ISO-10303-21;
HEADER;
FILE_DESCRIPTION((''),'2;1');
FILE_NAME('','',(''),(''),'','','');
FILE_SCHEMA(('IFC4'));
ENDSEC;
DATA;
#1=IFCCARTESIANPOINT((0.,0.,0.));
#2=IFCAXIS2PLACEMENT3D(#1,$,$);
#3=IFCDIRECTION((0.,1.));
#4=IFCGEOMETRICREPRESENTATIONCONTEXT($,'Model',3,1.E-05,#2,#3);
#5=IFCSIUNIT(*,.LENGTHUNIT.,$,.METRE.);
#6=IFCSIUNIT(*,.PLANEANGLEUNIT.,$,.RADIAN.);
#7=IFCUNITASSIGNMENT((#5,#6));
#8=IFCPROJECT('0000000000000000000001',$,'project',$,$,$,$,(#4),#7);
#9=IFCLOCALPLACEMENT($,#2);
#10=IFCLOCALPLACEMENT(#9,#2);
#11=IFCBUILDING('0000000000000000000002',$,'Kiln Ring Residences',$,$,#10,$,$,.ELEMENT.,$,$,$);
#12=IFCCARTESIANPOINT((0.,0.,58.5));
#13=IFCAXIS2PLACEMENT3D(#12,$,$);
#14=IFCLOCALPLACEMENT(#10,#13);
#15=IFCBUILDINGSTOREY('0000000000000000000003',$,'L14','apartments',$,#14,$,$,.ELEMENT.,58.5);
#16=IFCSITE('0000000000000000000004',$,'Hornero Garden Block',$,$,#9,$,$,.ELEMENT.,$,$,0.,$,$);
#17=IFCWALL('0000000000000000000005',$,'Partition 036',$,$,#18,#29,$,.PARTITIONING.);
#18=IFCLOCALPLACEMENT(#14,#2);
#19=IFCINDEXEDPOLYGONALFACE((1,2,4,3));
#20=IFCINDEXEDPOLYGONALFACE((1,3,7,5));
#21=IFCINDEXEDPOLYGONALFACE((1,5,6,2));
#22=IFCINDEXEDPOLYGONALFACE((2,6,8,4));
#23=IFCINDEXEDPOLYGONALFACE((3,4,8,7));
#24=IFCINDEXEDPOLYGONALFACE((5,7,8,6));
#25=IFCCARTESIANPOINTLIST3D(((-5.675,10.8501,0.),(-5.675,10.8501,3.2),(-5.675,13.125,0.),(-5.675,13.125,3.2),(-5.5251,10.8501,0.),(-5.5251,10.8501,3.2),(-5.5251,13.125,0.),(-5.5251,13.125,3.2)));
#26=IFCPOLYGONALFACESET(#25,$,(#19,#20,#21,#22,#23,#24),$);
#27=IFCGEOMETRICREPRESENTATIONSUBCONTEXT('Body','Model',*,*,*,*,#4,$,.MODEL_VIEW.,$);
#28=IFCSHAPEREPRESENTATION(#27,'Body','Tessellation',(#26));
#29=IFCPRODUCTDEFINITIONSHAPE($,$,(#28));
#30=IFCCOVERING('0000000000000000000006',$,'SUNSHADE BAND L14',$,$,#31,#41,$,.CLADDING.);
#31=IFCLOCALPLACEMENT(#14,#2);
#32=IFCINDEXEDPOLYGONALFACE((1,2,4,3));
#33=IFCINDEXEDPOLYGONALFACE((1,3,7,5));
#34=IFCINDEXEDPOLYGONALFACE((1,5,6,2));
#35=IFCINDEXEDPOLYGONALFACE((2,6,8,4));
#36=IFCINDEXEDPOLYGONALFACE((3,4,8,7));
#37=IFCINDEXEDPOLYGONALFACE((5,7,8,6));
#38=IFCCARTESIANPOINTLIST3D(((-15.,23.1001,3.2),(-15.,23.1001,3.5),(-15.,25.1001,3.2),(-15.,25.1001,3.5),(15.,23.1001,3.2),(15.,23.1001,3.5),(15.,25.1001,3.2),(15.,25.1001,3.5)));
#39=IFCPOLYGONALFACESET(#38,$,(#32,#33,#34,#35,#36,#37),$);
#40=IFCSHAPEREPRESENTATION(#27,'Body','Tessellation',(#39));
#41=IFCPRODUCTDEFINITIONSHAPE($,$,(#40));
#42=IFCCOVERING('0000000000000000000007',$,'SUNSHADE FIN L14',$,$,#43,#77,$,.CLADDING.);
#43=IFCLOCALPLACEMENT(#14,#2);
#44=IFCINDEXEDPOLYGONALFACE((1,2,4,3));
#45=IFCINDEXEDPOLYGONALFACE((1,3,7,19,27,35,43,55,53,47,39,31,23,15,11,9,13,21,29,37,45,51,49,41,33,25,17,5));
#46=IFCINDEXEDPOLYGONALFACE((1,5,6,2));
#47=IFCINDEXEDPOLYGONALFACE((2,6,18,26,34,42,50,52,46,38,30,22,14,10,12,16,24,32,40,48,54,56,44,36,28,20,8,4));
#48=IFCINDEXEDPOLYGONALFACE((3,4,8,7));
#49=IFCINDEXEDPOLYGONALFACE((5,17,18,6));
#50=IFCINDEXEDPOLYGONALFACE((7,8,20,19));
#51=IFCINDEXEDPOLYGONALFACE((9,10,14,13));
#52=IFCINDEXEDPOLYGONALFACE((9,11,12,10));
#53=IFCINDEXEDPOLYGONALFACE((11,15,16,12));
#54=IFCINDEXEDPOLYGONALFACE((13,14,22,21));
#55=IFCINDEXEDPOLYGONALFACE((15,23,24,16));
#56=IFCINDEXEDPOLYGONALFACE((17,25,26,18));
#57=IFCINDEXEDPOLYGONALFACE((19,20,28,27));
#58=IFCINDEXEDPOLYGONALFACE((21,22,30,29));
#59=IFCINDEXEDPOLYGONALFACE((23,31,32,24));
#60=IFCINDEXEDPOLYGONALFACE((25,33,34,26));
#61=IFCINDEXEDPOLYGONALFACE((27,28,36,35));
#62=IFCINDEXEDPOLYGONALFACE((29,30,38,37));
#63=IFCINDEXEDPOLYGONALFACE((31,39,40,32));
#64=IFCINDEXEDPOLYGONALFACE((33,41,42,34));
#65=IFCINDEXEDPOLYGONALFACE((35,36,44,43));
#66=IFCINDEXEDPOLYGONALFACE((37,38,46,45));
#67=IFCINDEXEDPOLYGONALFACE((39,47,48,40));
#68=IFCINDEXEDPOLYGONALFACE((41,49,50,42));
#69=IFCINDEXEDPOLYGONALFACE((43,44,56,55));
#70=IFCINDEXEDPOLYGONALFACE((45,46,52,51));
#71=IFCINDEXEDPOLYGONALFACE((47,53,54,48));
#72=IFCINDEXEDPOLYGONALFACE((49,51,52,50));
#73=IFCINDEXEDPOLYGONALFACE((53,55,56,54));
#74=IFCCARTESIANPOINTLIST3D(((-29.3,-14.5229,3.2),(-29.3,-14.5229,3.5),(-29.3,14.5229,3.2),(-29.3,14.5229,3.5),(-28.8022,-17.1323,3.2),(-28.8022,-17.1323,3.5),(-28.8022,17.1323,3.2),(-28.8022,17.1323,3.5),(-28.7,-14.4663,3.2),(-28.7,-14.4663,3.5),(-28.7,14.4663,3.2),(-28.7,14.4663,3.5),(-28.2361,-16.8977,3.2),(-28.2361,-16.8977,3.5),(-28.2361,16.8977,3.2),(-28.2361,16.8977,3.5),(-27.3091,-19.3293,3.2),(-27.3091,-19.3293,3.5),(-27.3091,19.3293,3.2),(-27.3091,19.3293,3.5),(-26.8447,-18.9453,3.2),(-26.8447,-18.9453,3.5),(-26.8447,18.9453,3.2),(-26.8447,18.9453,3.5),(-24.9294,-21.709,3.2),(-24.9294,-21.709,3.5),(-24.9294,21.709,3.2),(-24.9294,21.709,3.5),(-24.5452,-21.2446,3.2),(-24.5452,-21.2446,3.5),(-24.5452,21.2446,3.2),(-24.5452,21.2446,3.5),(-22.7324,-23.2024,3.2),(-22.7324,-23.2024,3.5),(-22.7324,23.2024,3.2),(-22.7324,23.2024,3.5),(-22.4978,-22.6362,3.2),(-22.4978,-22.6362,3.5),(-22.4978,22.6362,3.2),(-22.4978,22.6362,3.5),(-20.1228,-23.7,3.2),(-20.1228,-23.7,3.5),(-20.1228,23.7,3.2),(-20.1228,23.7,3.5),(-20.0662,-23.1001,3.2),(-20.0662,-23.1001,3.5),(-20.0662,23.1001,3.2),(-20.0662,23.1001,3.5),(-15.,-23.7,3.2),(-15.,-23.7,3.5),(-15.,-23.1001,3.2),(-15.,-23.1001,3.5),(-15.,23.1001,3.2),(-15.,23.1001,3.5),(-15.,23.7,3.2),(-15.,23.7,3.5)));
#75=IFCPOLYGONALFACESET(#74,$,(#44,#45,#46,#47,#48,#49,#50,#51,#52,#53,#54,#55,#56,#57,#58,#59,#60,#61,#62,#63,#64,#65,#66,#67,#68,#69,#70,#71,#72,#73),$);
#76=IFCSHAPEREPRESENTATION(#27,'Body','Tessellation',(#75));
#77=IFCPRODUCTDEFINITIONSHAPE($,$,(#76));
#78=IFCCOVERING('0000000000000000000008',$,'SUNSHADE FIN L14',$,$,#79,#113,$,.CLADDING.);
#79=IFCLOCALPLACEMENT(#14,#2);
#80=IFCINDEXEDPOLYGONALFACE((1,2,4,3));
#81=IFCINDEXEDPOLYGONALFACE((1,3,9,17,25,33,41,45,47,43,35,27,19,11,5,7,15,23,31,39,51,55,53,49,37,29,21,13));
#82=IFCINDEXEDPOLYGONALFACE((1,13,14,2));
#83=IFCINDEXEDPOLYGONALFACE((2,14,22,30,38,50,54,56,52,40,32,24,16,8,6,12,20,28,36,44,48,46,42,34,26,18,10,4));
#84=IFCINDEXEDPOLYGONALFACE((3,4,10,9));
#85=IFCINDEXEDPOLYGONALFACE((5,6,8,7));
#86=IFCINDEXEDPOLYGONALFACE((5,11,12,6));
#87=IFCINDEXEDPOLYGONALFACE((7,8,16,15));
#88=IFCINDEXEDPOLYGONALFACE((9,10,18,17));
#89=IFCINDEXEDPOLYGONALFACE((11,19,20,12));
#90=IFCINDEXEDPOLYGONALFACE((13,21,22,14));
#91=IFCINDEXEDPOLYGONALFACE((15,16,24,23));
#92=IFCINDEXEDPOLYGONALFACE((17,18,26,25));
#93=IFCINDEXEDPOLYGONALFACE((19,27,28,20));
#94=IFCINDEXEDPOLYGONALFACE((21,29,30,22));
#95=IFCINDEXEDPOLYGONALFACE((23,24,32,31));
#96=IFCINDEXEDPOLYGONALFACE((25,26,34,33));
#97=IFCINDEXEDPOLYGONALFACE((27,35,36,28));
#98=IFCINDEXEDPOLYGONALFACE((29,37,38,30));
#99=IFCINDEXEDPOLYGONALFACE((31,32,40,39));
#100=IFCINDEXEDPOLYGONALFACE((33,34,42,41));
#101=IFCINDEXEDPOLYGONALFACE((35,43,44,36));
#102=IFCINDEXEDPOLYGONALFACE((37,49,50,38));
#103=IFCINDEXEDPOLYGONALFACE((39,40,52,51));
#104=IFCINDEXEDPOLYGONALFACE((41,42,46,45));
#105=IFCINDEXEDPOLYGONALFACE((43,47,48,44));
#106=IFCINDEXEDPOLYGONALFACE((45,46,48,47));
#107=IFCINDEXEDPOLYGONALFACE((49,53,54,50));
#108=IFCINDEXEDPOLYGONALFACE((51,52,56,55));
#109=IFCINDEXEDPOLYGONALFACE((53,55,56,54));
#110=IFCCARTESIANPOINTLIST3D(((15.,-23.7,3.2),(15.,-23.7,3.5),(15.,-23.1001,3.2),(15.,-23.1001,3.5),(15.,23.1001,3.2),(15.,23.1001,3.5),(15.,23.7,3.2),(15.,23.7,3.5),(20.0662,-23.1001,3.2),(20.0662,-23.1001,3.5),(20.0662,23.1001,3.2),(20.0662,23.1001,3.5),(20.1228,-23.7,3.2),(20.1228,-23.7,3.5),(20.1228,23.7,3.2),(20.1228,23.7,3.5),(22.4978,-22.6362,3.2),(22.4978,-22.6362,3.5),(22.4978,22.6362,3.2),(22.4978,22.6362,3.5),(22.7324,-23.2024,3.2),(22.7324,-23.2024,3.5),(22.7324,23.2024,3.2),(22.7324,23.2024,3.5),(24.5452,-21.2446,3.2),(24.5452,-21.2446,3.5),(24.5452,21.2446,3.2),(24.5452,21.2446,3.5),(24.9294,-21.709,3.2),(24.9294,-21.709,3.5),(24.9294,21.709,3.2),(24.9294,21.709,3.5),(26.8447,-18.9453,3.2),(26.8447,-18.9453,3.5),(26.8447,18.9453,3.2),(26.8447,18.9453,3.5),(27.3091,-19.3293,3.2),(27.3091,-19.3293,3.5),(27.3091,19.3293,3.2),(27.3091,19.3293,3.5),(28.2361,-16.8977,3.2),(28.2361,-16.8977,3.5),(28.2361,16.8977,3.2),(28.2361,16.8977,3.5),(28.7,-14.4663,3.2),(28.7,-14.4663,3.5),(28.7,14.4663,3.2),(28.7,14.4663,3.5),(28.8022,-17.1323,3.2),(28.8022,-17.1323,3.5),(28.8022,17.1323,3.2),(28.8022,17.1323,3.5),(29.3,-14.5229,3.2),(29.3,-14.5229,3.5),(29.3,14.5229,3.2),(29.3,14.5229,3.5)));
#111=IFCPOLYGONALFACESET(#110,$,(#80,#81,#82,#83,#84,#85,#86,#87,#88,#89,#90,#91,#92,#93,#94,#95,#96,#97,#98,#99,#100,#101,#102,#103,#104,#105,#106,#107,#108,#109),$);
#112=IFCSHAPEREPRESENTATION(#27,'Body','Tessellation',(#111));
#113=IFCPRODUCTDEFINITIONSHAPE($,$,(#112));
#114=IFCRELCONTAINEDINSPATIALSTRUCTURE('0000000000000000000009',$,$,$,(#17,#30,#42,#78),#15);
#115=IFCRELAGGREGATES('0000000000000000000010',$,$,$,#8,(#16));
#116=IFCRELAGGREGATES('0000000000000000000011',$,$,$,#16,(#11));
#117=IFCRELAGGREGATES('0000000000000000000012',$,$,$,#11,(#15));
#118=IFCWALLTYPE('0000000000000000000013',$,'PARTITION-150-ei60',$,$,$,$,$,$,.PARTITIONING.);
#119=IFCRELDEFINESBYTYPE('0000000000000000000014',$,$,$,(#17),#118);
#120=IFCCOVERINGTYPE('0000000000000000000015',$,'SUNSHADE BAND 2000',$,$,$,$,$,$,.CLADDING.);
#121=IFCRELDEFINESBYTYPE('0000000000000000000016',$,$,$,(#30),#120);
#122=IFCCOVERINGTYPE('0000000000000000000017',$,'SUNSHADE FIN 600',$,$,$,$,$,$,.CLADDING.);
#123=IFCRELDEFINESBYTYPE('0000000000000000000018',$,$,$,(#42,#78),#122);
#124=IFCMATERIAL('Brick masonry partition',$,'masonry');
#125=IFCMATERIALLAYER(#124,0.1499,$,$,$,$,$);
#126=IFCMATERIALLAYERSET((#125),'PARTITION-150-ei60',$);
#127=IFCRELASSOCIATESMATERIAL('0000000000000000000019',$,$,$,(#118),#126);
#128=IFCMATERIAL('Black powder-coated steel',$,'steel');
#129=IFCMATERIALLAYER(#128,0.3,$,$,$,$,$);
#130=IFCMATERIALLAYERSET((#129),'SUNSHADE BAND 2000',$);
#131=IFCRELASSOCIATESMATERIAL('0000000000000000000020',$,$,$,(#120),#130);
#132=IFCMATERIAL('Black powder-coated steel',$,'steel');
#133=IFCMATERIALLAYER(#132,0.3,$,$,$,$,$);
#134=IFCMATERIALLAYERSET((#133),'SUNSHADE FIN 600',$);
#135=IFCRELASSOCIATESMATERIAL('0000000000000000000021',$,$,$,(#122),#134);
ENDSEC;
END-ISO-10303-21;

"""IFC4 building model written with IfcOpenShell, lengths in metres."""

from ifc_helpers import new_model, si_unit, direction, frame, frame_2d, origin, place, context, subcontext, project, spatial, polyline, rectangle, outline, extrude, material, layer, layer_set, type_object, element, save


model = new_model("IFC4")

# Units and contexts
model_context = context("Model", 3, precision=1e-05, world=origin(), true_north=direction((0.0, 1.0)))
body_context = subcontext(model_context, "Body", "Model", "MODEL_VIEW")
ifc_project = project(units=[si_unit("LENGTHUNIT", "METRE"), si_unit("PLANEANGLEUNIT", "RADIAN")], contexts=[model_context])

# Site, building, storey
site_placement = place(None, origin())
site = spatial("IfcSite", under=ifc_project, at=site_placement, Name="Hornero Garden Block", CompositionType="ELEMENT", RefElevation=0.0)
building_placement = place(site_placement, origin())
building = spatial("IfcBuilding", under=site, at=building_placement, Name="Kiln Ring Residences", CompositionType="ELEMENT")
storey_placement = place(building_placement, frame((0.0, 0.0, 58.5)))
storey = spatial("IfcBuildingStorey", under=building, at=storey_placement, Name="L14", Description="apartments", CompositionType="ELEMENT", Elevation=58.5)

# Wall
ifc_material_1 = material(Name="Brick masonry partition", Category="masonry")
ifc_layer_1 = layer(ifc_material_1, 0.1499)
ifc_layer_set_1 = layer_set([ifc_layer_1], Name="PARTITION-150-ei60")
wall_type_1 = type_object("IfcWallType", Name="PARTITION-150-ei60", PredefinedType="PARTITIONING", material=ifc_layer_set_1)
wall_1_placement = place(storey_placement, frame((-5.6001, 10.8501, 0.0), z_axis=(0.0, 0.0, 1.0), x_axis=(0.0, 1.0, 0.0)))
element("IfcWall", 1, at=wall_1_placement, inside=storey, type_object=wall_type_1, Name="Partition 036", PredefinedType="PARTITIONING", context=body_context, shape_type="SweptSolid", body=[
    extrude(rectangle(XDim=2.2749, YDim=0.1499, at=frame_2d((1.1375, 0.0))), origin(), (0.0, 0.0, 1.0), 3.2),
])

# Coverings
ifc_material_2 = material(Name="Black powder-coated steel", Category="steel")
ifc_layer_2 = layer(ifc_material_2, 0.3)
ifc_layer_set_2 = layer_set([ifc_layer_2], Name="SUNSHADE BAND 2000")
covering_type_1 = type_object("IfcCoveringType", Name="SUNSHADE BAND 2000", PredefinedType="CLADDING", material=ifc_layer_set_2)
placement = place(storey_placement, frame((0.0, 0.0, 3.2)))
element("IfcCovering", 2, at=placement, inside=storey, type_object=covering_type_1, Name="SUNSHADE BAND L14", PredefinedType="CLADDING", context=body_context, shape_type="SweptSolid", body=[
    extrude(outline(polyline([(15.0, 25.1001), (-15.0, 25.1001), (-15.0, 23.1001), (15.0, 23.1001), (15.0, 25.1001)])), origin(), (0.0, 0.0, 1.0), 0.3),
])
ifc_material_3 = material(Name="Black powder-coated steel", Category="steel")
ifc_layer_3 = layer(ifc_material_3, 0.3)
ifc_layer_set_3 = layer_set([ifc_layer_3], Name="SUNSHADE FIN 600")
covering_type_2 = type_object("IfcCoveringType", Name="SUNSHADE FIN 600", PredefinedType="CLADDING", material=ifc_layer_set_3)
element("IfcCovering", 3, at=placement, inside=storey, type_object=covering_type_2, Name="SUNSHADE FIN L14", PredefinedType="CLADDING", context=body_context, shape_type="SweptSolid", body=[
    extrude(outline(polyline([(-29.3, -14.5229), (-28.8022, -17.1323), (-27.3091, -19.3293), (-24.9294, -21.709), (-22.7324, -23.2024), (-20.1228, -23.7), (-15.0, -23.7), (-15.0, -23.1001), (-20.0662, -23.1001), (-22.4978, -22.6362), (-24.5452, -21.2446), (-26.8447, -18.9453), (-28.2361, -16.8977), (-28.7, -14.4663), (-28.7, 14.4663), (-28.2361, 16.8977), (-26.8447, 18.9453), (-24.5452, 21.2446), (-22.4978, 22.6362), (-20.0662, 23.1001), (-15.0, 23.1001), (-15.0, 23.7), (-20.1228, 23.7), (-22.7324, 23.2024), (-24.9294, 21.709), (-27.3091, 19.3293), (-28.8022, 17.1323), (-29.3, 14.5229), (-29.3, -14.5229)])), origin(), (0.0, 0.0, 1.0), 0.3),
])
element("IfcCovering", 4, at=placement, inside=storey, type_object=covering_type_2, Name="SUNSHADE FIN L14", PredefinedType="CLADDING", context=body_context, shape_type="SweptSolid", body=[
    extrude(outline(polyline([(20.1228, 23.7), (15.0, 23.7), (15.0, 23.1001), (20.0662, 23.1001), (22.4978, 22.6362), (24.5452, 21.2446), (26.8447, 18.9453), (28.2361, 16.8977), (28.7, 14.4663), (28.7, -14.4663), (28.2361, -16.8977), (26.8447, -18.9453), (24.5452, -21.2446), (22.4978, -22.6362), (20.0662, -23.1001), (15.0, -23.1001), (15.0, -23.7), (20.1228, -23.7), (22.7324, -23.2024), (24.9294, -21.709), (27.3091, -19.3293), (28.8022, -17.1323), (29.3, -14.5229), (29.3, 14.5229), (28.8022, 17.1323), (27.3091, 19.3293), (24.9294, 21.709), (22.7324, 23.2024), (20.1228, 23.7)])), origin(), (0.0, 0.0, 1.0), 0.3),
])

save(model, "model.ifc")
